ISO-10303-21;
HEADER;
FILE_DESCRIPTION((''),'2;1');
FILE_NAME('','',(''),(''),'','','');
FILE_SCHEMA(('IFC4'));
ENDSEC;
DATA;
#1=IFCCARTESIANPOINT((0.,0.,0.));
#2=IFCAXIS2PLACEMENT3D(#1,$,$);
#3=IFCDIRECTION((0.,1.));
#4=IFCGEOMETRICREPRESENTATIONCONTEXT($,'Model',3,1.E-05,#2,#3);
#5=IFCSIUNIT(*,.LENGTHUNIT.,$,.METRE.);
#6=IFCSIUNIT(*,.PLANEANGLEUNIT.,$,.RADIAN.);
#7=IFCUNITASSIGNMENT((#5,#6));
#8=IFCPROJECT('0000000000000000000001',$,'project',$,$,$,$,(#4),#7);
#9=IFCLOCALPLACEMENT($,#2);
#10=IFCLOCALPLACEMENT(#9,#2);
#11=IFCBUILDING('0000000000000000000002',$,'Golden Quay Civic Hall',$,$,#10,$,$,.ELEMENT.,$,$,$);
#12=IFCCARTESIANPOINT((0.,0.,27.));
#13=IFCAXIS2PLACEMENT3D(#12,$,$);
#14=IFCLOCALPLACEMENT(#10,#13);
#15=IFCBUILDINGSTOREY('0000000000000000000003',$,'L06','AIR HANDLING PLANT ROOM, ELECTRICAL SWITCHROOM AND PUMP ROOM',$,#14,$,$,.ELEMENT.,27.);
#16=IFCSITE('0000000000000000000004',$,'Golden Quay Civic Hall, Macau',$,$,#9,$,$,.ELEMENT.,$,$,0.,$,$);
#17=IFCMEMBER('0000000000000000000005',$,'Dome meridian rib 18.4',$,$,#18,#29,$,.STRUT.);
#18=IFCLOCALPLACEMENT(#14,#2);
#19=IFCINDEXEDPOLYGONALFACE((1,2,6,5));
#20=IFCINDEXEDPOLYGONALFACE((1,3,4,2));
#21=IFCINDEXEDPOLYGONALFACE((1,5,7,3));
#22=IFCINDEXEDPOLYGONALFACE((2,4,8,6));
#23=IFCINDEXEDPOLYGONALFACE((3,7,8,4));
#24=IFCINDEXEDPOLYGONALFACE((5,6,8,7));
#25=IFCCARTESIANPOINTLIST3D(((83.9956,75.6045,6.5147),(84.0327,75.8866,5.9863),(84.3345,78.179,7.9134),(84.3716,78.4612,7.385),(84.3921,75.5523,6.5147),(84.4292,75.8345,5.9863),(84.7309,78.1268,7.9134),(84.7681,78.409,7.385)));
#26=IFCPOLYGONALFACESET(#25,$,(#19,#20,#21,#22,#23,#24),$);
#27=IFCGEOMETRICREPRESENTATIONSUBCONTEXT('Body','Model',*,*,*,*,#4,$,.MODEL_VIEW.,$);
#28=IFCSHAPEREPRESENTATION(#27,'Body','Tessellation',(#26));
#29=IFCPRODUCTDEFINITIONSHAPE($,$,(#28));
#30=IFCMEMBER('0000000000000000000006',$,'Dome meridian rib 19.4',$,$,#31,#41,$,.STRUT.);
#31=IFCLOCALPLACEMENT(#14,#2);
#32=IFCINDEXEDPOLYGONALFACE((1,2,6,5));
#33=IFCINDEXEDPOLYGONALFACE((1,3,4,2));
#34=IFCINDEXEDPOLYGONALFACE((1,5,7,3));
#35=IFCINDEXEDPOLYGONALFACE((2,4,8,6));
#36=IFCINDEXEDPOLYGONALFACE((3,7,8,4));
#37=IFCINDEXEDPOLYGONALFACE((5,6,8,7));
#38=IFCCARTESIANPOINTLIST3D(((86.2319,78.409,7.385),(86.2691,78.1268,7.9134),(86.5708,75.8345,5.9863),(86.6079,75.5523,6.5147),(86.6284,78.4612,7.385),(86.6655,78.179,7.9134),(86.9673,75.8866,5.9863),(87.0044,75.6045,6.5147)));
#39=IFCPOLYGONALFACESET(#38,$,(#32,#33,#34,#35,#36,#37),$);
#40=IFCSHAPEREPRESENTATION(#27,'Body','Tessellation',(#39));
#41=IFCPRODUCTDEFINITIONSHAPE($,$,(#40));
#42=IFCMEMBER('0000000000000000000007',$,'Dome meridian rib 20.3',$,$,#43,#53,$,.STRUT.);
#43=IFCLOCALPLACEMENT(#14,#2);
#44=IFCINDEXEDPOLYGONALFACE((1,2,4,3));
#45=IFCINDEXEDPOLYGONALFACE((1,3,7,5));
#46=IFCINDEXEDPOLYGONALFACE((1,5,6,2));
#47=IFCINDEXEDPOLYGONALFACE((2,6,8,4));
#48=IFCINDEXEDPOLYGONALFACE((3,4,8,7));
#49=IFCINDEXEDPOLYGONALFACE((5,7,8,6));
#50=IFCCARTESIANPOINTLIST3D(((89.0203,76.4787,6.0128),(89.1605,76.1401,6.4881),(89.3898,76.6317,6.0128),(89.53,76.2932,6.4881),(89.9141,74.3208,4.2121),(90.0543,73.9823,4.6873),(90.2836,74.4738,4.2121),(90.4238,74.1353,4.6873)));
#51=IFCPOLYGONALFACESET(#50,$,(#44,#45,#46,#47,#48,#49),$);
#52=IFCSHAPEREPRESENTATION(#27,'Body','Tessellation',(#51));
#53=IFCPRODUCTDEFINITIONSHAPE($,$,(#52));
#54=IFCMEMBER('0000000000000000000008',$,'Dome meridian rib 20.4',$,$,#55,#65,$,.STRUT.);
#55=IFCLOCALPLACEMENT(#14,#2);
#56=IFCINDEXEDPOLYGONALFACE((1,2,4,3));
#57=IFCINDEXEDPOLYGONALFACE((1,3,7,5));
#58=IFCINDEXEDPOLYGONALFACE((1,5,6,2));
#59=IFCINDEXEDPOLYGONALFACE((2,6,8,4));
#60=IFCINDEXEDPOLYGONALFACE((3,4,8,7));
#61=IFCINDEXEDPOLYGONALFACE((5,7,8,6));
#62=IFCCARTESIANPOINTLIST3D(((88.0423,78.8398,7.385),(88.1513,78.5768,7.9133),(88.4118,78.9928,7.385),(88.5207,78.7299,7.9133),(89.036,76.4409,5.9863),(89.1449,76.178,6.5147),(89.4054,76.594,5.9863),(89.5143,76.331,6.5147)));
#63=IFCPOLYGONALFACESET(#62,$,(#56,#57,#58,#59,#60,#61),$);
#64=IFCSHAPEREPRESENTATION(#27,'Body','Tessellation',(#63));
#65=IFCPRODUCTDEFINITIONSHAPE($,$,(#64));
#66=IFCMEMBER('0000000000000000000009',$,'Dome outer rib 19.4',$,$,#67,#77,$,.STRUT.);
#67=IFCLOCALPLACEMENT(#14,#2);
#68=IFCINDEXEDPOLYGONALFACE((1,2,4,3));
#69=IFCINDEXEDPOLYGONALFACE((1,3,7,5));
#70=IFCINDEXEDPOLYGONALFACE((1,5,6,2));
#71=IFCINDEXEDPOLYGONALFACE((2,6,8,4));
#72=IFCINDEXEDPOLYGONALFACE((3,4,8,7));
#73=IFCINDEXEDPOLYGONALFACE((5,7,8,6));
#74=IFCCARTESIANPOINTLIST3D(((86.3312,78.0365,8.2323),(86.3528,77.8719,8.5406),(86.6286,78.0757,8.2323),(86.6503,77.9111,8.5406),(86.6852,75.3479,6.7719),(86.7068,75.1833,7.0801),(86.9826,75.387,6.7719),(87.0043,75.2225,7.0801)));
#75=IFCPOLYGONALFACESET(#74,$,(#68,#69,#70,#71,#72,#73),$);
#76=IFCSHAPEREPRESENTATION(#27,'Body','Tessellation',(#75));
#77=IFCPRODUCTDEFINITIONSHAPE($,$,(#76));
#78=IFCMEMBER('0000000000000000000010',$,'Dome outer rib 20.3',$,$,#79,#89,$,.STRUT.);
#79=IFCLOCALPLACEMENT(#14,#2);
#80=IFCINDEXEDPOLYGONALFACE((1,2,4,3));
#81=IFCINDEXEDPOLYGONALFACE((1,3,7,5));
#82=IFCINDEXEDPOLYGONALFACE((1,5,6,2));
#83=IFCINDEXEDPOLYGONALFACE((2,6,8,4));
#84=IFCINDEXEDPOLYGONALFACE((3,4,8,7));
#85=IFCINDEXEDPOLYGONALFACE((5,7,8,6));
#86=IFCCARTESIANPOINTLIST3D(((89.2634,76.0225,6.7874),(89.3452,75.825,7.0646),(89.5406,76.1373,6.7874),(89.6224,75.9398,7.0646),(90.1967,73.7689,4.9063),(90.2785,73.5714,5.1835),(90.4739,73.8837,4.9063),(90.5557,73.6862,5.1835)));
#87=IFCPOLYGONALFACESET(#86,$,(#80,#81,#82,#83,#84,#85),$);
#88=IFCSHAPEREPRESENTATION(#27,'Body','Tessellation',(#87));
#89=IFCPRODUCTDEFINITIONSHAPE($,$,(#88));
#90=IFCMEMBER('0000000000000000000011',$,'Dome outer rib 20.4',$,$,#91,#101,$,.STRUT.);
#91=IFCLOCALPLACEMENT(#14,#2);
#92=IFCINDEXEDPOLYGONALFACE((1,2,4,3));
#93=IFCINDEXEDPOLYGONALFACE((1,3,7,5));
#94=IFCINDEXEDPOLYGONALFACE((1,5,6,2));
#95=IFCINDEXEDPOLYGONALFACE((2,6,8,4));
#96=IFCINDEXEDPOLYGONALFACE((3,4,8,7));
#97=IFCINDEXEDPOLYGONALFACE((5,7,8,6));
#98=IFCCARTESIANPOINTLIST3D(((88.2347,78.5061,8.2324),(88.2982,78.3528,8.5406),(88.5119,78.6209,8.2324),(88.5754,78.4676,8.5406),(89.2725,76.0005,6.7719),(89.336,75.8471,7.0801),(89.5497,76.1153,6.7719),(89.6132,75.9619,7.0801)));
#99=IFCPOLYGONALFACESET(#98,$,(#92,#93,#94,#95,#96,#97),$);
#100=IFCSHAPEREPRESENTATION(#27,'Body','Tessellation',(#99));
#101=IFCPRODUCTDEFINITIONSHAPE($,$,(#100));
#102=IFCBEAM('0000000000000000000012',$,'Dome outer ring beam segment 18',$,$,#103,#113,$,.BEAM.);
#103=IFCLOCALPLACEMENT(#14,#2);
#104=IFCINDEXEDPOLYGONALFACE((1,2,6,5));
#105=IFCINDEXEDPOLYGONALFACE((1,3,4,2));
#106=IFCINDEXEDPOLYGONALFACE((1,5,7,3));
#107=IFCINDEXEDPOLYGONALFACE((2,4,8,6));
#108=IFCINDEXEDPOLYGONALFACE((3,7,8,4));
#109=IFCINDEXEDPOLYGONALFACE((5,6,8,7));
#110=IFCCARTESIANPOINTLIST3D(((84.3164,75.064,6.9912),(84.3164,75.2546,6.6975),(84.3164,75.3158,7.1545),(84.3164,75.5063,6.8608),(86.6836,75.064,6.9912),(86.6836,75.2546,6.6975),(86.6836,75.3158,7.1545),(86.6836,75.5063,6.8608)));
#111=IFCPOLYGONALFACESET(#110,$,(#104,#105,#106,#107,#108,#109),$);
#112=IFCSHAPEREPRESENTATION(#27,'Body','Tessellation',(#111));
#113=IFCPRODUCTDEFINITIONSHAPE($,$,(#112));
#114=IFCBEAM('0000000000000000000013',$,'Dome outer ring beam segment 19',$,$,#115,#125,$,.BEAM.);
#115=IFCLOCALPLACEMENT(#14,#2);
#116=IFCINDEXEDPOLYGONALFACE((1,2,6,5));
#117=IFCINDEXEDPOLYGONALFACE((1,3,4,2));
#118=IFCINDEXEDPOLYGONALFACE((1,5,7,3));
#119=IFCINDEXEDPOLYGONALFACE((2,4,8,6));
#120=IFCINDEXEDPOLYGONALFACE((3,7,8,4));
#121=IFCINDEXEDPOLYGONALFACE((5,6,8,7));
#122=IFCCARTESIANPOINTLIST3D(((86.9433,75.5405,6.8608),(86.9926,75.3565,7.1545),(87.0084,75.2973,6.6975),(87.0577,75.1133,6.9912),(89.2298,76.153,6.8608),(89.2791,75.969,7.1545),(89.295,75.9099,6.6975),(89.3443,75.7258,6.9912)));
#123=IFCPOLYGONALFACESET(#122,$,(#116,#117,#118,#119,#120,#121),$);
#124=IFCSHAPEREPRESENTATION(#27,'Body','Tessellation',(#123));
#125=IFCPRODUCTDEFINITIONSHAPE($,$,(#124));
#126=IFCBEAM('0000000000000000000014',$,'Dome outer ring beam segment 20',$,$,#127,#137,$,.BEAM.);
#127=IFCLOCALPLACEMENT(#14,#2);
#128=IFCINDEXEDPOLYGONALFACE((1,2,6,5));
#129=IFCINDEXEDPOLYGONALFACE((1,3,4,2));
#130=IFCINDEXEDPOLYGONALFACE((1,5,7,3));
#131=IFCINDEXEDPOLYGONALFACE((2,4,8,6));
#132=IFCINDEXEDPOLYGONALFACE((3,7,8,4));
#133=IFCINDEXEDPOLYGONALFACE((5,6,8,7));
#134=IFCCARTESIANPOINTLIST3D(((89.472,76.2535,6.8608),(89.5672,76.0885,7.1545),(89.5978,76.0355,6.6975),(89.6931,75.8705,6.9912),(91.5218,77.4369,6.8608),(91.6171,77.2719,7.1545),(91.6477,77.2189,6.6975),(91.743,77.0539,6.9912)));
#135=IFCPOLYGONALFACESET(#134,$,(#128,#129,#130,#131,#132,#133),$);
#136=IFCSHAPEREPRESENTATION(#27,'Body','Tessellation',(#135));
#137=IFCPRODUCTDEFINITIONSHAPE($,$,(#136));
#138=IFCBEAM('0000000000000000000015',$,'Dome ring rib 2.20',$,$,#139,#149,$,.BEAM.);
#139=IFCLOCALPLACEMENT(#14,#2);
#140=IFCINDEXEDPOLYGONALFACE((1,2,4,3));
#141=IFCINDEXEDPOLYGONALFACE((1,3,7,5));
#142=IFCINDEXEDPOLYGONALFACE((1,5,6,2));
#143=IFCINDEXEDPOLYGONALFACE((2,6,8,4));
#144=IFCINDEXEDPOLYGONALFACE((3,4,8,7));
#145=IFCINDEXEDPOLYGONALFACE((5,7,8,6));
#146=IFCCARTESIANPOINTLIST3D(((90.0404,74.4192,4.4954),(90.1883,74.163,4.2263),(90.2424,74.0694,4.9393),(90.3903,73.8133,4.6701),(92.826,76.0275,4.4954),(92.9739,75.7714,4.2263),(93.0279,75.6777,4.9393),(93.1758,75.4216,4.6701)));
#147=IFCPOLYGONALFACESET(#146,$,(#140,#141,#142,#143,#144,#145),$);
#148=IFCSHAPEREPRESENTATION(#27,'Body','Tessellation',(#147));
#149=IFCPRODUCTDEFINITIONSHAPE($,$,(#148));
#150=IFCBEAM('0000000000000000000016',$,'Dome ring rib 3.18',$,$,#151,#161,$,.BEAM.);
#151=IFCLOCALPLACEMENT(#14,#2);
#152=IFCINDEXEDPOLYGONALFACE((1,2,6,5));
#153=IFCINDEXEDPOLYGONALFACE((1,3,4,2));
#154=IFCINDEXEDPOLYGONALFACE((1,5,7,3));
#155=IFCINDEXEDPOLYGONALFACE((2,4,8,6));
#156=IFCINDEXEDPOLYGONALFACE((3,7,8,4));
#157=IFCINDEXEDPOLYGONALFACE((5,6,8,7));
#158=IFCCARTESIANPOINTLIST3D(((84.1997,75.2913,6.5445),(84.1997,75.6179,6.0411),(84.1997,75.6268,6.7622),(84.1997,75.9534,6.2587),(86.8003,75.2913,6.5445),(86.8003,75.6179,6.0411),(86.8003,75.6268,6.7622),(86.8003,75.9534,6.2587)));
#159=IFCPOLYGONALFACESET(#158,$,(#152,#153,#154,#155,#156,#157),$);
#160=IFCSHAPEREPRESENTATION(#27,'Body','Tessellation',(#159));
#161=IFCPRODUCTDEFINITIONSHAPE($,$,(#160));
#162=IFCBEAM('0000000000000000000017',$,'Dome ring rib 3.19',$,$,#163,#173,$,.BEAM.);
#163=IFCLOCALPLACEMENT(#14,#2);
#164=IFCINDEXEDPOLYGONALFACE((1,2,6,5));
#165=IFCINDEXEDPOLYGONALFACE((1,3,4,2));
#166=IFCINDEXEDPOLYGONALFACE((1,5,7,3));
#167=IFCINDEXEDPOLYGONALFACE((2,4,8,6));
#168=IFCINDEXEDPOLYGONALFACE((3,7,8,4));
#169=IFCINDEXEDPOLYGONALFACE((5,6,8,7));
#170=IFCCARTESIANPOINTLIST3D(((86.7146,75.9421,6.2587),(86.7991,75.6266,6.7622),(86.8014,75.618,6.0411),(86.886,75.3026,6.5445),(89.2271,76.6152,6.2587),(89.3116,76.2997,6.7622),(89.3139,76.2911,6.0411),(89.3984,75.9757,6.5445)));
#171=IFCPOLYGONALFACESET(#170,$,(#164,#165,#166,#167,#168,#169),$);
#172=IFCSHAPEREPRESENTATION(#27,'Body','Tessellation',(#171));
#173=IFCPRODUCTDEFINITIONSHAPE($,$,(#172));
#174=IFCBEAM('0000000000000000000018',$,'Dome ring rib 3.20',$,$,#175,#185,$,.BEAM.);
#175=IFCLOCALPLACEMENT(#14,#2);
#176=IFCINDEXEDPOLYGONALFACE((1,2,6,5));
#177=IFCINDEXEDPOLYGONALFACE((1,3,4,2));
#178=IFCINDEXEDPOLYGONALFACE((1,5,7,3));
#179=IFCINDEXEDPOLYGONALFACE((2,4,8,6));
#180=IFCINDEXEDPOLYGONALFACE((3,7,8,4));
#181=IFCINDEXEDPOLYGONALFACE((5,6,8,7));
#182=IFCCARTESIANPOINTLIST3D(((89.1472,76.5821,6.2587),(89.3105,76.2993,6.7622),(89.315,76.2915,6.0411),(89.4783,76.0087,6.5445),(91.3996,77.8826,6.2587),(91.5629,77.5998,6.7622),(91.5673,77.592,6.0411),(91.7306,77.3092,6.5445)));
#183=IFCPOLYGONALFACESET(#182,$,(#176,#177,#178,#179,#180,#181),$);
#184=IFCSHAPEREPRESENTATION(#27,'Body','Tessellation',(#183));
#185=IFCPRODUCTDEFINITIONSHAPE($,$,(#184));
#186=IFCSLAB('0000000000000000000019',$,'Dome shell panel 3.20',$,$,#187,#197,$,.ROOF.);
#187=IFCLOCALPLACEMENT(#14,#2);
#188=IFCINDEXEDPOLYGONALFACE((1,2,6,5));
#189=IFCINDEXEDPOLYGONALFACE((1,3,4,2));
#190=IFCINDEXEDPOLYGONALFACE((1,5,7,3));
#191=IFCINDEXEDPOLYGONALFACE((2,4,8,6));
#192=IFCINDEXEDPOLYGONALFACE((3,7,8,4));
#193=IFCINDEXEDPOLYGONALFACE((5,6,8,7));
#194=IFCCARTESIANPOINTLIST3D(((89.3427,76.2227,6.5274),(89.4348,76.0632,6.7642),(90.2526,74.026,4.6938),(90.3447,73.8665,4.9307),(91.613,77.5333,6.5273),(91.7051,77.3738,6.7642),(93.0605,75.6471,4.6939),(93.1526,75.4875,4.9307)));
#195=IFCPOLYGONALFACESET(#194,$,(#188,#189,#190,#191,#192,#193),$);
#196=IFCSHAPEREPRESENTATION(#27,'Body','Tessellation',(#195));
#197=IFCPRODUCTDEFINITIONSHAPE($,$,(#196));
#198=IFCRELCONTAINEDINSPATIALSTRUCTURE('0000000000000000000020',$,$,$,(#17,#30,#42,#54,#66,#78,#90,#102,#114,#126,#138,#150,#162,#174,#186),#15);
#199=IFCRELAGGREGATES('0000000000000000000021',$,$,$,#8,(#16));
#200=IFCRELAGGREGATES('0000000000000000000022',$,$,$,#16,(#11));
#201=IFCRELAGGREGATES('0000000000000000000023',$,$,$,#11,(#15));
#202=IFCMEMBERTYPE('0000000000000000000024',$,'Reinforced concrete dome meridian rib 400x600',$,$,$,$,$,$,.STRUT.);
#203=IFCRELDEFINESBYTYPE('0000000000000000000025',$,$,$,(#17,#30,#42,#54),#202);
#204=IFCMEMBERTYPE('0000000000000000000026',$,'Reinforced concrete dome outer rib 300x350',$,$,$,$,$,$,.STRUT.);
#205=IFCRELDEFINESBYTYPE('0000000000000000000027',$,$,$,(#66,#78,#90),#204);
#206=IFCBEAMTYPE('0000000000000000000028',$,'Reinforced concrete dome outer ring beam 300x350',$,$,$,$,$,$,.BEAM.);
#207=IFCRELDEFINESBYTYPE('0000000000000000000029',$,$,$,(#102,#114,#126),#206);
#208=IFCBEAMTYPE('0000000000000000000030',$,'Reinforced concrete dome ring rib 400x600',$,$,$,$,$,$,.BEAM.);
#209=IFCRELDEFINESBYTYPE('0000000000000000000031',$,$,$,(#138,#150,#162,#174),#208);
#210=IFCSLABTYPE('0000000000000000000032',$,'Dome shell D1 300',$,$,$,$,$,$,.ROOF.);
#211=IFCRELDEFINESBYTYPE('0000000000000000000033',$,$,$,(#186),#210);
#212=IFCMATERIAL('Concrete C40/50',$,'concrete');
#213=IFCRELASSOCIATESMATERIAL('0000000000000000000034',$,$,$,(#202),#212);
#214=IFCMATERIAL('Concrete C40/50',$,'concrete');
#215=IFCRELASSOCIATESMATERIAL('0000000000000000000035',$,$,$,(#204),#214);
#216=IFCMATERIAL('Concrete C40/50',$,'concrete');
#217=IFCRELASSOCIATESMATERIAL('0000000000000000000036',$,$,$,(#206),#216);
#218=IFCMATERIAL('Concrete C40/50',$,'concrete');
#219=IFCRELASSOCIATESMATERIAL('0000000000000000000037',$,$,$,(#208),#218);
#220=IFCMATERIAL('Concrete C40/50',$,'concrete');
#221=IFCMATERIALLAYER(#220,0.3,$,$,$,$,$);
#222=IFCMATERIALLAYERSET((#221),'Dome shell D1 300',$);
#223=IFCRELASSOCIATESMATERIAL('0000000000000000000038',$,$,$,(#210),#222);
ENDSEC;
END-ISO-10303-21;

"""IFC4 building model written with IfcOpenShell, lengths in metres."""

from ifc_helpers import new_model, si_unit, direction, frame, origin, origin_2d, place, context, subcontext, project, spatial, polyline, rectangle, outline, extrude, material, layer, layer_set, material_profile, profile_set, type_object, element, save


model = new_model("IFC4")

# Units and contexts
model_context = context("Model", 3, precision=1e-05, world=origin(), true_north=direction((0.0, 1.0)))
body_context = subcontext(model_context, "Body", "Model", "MODEL_VIEW")
ifc_project = project(units=[si_unit("LENGTHUNIT", "METRE"), si_unit("PLANEANGLEUNIT", "RADIAN")], contexts=[model_context])

# Site, building, storey
site_placement = place(None, origin())
site = spatial("IfcSite", under=ifc_project, at=site_placement, Name="Golden Quay Civic Hall, Macau", CompositionType="ELEMENT", RefElevation=0.0)
building_placement = place(site_placement, origin())
building = spatial("IfcBuilding", under=site, at=building_placement, Name="Golden Quay Civic Hall", CompositionType="ELEMENT")
storey_placement = place(building_placement, frame((0.0, 0.0, 27.0)))
storey = spatial("IfcBuildingStorey", under=building, at=storey_placement, Name="L06", Description="AIR HANDLING PLANT ROOM, ELECTRICAL SWITCHROOM AND PUMP ROOM", CompositionType="ELEMENT", Elevation=27.0)

# Members
ifc_material_1 = material(Name="Concrete C40/50", Category="concrete")
ifc_material_profile_1 = material_profile(ifc_material_1, rectangle(XDim=0.3999, YDim=0.6001, at=origin_2d()), Name="RC 400x600")
ifc_profile_set_1 = profile_set([ifc_material_profile_1], Name="Concrete C40/50")
member_type_1 = type_object("IfcMemberType", Name="Reinforced concrete dome meridian rib 400x600", PredefinedType="STRUT", material=ifc_profile_set_1)
for number, where, z_axis, x_axis, name in (
    (1, (84.2124, 75.7195, 6.2505), (0.114893, 0.872875, 0.474225), (-0.991448, 0.130501, 0.0), "Dome meridian rib 18.4"),
    (2, (86.7876, 75.7195, 6.2505), (-0.114893, 0.872875, 0.474225), (-0.991448, -0.130501, 0.0), "Dome meridian rib 19.4"),
):
    element("IfcMember", number, at=place(storey_placement, frame(where, z_axis=z_axis, x_axis=x_axis)), inside=storey, type_object=member_type_1, Name=name, PredefinedType="STRUT", context=body_context, shape_type="SweptSolid", body=[
        extrude(rectangle(XDim=0.3999, YDim=0.6001, at=origin_2d()), origin(), (0.0, 0.0, 1.0), 2.9495),
    ])
for number, where, z_axis, x_axis, name in (
    (3, (90.1689, 74.228, 4.4497), (-0.303053, 0.731681, 0.610575), (-0.923888, -0.382663, 0.0), "Dome meridian rib 20.3"),
    (4, (89.2751, 76.386, 6.2505), (-0.336909, 0.813382, 0.474238), (-0.923882, -0.382678, 0.0), "Dome meridian rib 20.4"),
):
    element("IfcMember", number, at=place(storey_placement, frame(where, z_axis=z_axis, x_axis=x_axis)), inside=storey, type_object=member_type_1, Name=name, PredefinedType="STRUT", context=body_context, shape_type="SweptSolid", body=[
        extrude(rectangle(XDim=0.3999, YDim=0.6001, at=origin_2d()), origin(), (0.0, 0.0, 1.0), 2.9492),
    ])
ifc_material_2 = material(Name="Concrete C40/50", Category="concrete")
ifc_material_profile_2 = material_profile(ifc_material_2, rectangle(XDim=0.3, YDim=0.3501, at=origin_2d()), Name="RC 300x350")
ifc_profile_set_2 = profile_set([ifc_material_profile_2], Name="Concrete C40/50")
member_type_2 = type_object("IfcMemberType", Name="Reinforced concrete dome outer rib 300x350", PredefinedType="STRUT", material=ifc_profile_set_2)
member_placement = place(storey_placement, frame((86.8447, 75.2852, 6.926), z_axis=(-0.11493, 0.872913, 0.474146), x_axis=(-0.991444, -0.130536, 0.0)))
element("IfcMember", 5, at=member_placement, inside=storey, type_object=member_type_2, Name="Dome outer rib 19.4", PredefinedType="STRUT", context=body_context, shape_type="SweptSolid", body=[
    extrude(rectangle(XDim=0.3, YDim=0.3501, at=origin_2d()), origin(), (0.0, 0.0, 1.0), 3.0801),
])
for number, where, z_axis, x_axis, name in (
    (6, (90.3762, 73.7275, 5.0449), (-0.302999, 0.73162, 0.610674), (-0.923901, -0.382632, 0.0), "Dome outer rib 20.3"),
    (7, (89.4429, 75.9812, 6.926), (-0.336931, 0.813437, 0.474128), (-0.923882, -0.382678, 0.0), "Dome outer rib 20.4"),
):
    element("IfcMember", number, at=place(storey_placement, frame(where, z_axis=z_axis, x_axis=x_axis)), inside=storey, type_object=member_type_2, Name=name, PredefinedType="STRUT", context=body_context, shape_type="SweptSolid", body=[
        extrude(rectangle(XDim=0.3, YDim=0.3501, at=origin_2d()), origin(), (0.0, 0.0, 1.0), 3.0803),
    ])

# Beams
ifc_material_3 = material(Name="Concrete C40/50", Category="concrete")
ifc_material_profile_3 = material_profile(ifc_material_3, rectangle(XDim=0.3, YDim=0.3501, at=origin_2d()), Name="RC 300x350")
ifc_profile_set_3 = profile_set([ifc_material_profile_3], Name="Concrete C40/50")
beam_type_1 = type_object("IfcBeamType", Name="Reinforced concrete dome outer ring beam 300x350", PredefinedType="BEAM", material=ifc_profile_set_3)
for number, where, z_axis, x_axis, name in (
    (8, (84.3164, 75.2852, 6.926), (1.0, 0.0, 0.0), (0.0, 0.83895, 0.544209), "Dome outer ring beam segment 18"),
    (9, (87.0005, 75.3269, 6.926), (0.965942, 0.25876, 0.0), (-0.217087, 0.810377, 0.544209), "Dome outer ring beam segment 19"),
):
    element("IfcBeam", number, at=place(storey_placement, frame(where, z_axis=z_axis, x_axis=x_axis)), inside=storey, type_object=beam_type_1, Name=name, PredefinedType="BEAM", context=body_context, shape_type="SweptSolid", body=[
        extrude(rectangle(XDim=0.3, YDim=0.3501, at=origin_2d()), origin(), (0.0, 0.0, 1.0), 2.3672),
    ])
beam_1_placement = place(storey_placement, frame((89.5825, 76.062, 6.926), z_axis=(0.866045, 0.499967, 0.0), x_axis=(-0.419447, 0.726568, 0.544209)))
element("IfcBeam", 10, at=beam_1_placement, inside=storey, type_object=beam_type_1, Name="Dome outer ring beam segment 20", PredefinedType="BEAM", context=body_context, shape_type="SweptSolid", body=[
    extrude(rectangle(XDim=0.3, YDim=0.3501, at=origin_2d()), origin(), (0.0, 0.0, 1.0), 2.3669),
])
ifc_material_4 = material(Name="Concrete C40/50", Category="concrete")
ifc_material_profile_4 = material_profile(ifc_material_4, rectangle(XDim=0.3999, YDim=0.6001, at=origin_2d()), Name="RC 400x600")
ifc_profile_set_4 = profile_set([ifc_material_profile_4], Name="Concrete C40/50")
beam_type_2 = type_object("IfcBeamType", Name="Reinforced concrete dome ring rib 400x600", PredefinedType="BEAM", material=ifc_profile_set_4)
beam_2_placement = place(storey_placement, frame((90.2153, 74.1162, 4.5828), z_axis=(0.866011, 0.500025, 0.0), x_axis=(-0.369816, 0.640497, 0.673053)))
element("IfcBeam", 11, at=beam_2_placement, inside=storey, type_object=beam_type_2, Name="Dome ring rib 2.20", PredefinedType="BEAM", context=body_context, shape_type="SweptSolid", body=[
    extrude(rectangle(XDim=0.3999, YDim=0.6001, at=origin_2d()), origin(), (0.0, 0.0, 1.0), 3.2166),
])
beam_3_placement = place(storey_placement, frame((84.1997, 75.6223, 6.4016), z_axis=(1.0, 0.0, 0.0), x_axis=(0.0, 0.83895, 0.544209)))
element("IfcBeam", 12, at=beam_3_placement, inside=storey, type_object=beam_type_2, Name="Dome ring rib 3.18", PredefinedType="BEAM", context=body_context, shape_type="SweptSolid", body=[
    extrude(rectangle(XDim=0.3999, YDim=0.6001, at=origin_2d()), origin(), (0.0, 0.0, 1.0), 2.6006),
])
beam_4_placement = place(storey_placement, frame((86.8003, 75.6223, 6.4016), z_axis=(0.965937, 0.258778, 0.0), x_axis=(-0.217102, 0.810373, 0.544209)))
element("IfcBeam", 13, at=beam_4_placement, inside=storey, type_object=beam_type_2, Name="Dome ring rib 3.19", PredefinedType="BEAM", context=body_context, shape_type="SweptSolid", body=[
    extrude(rectangle(XDim=0.3999, YDim=0.6001, at=origin_2d()), origin(), (0.0, 0.0, 1.0), 2.6011),
])
beam_5_placement = place(storey_placement, frame((89.3127, 76.2954, 6.4016), z_axis=(0.866011, 0.500026, 0.0), x_axis=(-0.419497, 0.726539, 0.544209)))
element("IfcBeam", 14, at=beam_5_placement, inside=storey, type_object=beam_type_2, Name="Dome ring rib 3.20", PredefinedType="BEAM", context=body_context, shape_type="SweptSolid", body=[
    extrude(rectangle(XDim=0.3999, YDim=0.6001, at=origin_2d()), origin(), (0.0, 0.0, 1.0), 2.6008),
])

# Slab
ifc_material_5 = material(Name="Concrete C40/50", Category="concrete")
ifc_layer_1 = layer(ifc_material_5, 0.3)
ifc_layer_set_1 = layer_set([ifc_layer_1], Name="Dome shell D1 300")
slab_type = type_object("IfcSlabType", Name="Dome shell D1 300", PredefinedType="ROOF", material=ifc_layer_set_1)
slab_1_placement = place(storey_placement, frame((90.3447, 73.8665, 4.9307), z_axis=(0.306954, -0.531698, 0.789352), x_axis=(0.866034, 0.499986, 0.000012)))
element("IfcSlab", 15, at=slab_1_placement, inside=storey, type_object=slab_type, Name="Dome shell panel 3.20", PredefinedType="ROOF", context=body_context, shape_type="SweptSolid", body=[
    extrude(outline(polyline([(0.0, 0.0), (3.2422, 0.0), (2.9317, 2.9864), (0.3104, 2.9865), (0.0, 0.0)])), origin(), (0.0, 0.0, -1.0), 0.3),
])

save(model, "model.ifc")
